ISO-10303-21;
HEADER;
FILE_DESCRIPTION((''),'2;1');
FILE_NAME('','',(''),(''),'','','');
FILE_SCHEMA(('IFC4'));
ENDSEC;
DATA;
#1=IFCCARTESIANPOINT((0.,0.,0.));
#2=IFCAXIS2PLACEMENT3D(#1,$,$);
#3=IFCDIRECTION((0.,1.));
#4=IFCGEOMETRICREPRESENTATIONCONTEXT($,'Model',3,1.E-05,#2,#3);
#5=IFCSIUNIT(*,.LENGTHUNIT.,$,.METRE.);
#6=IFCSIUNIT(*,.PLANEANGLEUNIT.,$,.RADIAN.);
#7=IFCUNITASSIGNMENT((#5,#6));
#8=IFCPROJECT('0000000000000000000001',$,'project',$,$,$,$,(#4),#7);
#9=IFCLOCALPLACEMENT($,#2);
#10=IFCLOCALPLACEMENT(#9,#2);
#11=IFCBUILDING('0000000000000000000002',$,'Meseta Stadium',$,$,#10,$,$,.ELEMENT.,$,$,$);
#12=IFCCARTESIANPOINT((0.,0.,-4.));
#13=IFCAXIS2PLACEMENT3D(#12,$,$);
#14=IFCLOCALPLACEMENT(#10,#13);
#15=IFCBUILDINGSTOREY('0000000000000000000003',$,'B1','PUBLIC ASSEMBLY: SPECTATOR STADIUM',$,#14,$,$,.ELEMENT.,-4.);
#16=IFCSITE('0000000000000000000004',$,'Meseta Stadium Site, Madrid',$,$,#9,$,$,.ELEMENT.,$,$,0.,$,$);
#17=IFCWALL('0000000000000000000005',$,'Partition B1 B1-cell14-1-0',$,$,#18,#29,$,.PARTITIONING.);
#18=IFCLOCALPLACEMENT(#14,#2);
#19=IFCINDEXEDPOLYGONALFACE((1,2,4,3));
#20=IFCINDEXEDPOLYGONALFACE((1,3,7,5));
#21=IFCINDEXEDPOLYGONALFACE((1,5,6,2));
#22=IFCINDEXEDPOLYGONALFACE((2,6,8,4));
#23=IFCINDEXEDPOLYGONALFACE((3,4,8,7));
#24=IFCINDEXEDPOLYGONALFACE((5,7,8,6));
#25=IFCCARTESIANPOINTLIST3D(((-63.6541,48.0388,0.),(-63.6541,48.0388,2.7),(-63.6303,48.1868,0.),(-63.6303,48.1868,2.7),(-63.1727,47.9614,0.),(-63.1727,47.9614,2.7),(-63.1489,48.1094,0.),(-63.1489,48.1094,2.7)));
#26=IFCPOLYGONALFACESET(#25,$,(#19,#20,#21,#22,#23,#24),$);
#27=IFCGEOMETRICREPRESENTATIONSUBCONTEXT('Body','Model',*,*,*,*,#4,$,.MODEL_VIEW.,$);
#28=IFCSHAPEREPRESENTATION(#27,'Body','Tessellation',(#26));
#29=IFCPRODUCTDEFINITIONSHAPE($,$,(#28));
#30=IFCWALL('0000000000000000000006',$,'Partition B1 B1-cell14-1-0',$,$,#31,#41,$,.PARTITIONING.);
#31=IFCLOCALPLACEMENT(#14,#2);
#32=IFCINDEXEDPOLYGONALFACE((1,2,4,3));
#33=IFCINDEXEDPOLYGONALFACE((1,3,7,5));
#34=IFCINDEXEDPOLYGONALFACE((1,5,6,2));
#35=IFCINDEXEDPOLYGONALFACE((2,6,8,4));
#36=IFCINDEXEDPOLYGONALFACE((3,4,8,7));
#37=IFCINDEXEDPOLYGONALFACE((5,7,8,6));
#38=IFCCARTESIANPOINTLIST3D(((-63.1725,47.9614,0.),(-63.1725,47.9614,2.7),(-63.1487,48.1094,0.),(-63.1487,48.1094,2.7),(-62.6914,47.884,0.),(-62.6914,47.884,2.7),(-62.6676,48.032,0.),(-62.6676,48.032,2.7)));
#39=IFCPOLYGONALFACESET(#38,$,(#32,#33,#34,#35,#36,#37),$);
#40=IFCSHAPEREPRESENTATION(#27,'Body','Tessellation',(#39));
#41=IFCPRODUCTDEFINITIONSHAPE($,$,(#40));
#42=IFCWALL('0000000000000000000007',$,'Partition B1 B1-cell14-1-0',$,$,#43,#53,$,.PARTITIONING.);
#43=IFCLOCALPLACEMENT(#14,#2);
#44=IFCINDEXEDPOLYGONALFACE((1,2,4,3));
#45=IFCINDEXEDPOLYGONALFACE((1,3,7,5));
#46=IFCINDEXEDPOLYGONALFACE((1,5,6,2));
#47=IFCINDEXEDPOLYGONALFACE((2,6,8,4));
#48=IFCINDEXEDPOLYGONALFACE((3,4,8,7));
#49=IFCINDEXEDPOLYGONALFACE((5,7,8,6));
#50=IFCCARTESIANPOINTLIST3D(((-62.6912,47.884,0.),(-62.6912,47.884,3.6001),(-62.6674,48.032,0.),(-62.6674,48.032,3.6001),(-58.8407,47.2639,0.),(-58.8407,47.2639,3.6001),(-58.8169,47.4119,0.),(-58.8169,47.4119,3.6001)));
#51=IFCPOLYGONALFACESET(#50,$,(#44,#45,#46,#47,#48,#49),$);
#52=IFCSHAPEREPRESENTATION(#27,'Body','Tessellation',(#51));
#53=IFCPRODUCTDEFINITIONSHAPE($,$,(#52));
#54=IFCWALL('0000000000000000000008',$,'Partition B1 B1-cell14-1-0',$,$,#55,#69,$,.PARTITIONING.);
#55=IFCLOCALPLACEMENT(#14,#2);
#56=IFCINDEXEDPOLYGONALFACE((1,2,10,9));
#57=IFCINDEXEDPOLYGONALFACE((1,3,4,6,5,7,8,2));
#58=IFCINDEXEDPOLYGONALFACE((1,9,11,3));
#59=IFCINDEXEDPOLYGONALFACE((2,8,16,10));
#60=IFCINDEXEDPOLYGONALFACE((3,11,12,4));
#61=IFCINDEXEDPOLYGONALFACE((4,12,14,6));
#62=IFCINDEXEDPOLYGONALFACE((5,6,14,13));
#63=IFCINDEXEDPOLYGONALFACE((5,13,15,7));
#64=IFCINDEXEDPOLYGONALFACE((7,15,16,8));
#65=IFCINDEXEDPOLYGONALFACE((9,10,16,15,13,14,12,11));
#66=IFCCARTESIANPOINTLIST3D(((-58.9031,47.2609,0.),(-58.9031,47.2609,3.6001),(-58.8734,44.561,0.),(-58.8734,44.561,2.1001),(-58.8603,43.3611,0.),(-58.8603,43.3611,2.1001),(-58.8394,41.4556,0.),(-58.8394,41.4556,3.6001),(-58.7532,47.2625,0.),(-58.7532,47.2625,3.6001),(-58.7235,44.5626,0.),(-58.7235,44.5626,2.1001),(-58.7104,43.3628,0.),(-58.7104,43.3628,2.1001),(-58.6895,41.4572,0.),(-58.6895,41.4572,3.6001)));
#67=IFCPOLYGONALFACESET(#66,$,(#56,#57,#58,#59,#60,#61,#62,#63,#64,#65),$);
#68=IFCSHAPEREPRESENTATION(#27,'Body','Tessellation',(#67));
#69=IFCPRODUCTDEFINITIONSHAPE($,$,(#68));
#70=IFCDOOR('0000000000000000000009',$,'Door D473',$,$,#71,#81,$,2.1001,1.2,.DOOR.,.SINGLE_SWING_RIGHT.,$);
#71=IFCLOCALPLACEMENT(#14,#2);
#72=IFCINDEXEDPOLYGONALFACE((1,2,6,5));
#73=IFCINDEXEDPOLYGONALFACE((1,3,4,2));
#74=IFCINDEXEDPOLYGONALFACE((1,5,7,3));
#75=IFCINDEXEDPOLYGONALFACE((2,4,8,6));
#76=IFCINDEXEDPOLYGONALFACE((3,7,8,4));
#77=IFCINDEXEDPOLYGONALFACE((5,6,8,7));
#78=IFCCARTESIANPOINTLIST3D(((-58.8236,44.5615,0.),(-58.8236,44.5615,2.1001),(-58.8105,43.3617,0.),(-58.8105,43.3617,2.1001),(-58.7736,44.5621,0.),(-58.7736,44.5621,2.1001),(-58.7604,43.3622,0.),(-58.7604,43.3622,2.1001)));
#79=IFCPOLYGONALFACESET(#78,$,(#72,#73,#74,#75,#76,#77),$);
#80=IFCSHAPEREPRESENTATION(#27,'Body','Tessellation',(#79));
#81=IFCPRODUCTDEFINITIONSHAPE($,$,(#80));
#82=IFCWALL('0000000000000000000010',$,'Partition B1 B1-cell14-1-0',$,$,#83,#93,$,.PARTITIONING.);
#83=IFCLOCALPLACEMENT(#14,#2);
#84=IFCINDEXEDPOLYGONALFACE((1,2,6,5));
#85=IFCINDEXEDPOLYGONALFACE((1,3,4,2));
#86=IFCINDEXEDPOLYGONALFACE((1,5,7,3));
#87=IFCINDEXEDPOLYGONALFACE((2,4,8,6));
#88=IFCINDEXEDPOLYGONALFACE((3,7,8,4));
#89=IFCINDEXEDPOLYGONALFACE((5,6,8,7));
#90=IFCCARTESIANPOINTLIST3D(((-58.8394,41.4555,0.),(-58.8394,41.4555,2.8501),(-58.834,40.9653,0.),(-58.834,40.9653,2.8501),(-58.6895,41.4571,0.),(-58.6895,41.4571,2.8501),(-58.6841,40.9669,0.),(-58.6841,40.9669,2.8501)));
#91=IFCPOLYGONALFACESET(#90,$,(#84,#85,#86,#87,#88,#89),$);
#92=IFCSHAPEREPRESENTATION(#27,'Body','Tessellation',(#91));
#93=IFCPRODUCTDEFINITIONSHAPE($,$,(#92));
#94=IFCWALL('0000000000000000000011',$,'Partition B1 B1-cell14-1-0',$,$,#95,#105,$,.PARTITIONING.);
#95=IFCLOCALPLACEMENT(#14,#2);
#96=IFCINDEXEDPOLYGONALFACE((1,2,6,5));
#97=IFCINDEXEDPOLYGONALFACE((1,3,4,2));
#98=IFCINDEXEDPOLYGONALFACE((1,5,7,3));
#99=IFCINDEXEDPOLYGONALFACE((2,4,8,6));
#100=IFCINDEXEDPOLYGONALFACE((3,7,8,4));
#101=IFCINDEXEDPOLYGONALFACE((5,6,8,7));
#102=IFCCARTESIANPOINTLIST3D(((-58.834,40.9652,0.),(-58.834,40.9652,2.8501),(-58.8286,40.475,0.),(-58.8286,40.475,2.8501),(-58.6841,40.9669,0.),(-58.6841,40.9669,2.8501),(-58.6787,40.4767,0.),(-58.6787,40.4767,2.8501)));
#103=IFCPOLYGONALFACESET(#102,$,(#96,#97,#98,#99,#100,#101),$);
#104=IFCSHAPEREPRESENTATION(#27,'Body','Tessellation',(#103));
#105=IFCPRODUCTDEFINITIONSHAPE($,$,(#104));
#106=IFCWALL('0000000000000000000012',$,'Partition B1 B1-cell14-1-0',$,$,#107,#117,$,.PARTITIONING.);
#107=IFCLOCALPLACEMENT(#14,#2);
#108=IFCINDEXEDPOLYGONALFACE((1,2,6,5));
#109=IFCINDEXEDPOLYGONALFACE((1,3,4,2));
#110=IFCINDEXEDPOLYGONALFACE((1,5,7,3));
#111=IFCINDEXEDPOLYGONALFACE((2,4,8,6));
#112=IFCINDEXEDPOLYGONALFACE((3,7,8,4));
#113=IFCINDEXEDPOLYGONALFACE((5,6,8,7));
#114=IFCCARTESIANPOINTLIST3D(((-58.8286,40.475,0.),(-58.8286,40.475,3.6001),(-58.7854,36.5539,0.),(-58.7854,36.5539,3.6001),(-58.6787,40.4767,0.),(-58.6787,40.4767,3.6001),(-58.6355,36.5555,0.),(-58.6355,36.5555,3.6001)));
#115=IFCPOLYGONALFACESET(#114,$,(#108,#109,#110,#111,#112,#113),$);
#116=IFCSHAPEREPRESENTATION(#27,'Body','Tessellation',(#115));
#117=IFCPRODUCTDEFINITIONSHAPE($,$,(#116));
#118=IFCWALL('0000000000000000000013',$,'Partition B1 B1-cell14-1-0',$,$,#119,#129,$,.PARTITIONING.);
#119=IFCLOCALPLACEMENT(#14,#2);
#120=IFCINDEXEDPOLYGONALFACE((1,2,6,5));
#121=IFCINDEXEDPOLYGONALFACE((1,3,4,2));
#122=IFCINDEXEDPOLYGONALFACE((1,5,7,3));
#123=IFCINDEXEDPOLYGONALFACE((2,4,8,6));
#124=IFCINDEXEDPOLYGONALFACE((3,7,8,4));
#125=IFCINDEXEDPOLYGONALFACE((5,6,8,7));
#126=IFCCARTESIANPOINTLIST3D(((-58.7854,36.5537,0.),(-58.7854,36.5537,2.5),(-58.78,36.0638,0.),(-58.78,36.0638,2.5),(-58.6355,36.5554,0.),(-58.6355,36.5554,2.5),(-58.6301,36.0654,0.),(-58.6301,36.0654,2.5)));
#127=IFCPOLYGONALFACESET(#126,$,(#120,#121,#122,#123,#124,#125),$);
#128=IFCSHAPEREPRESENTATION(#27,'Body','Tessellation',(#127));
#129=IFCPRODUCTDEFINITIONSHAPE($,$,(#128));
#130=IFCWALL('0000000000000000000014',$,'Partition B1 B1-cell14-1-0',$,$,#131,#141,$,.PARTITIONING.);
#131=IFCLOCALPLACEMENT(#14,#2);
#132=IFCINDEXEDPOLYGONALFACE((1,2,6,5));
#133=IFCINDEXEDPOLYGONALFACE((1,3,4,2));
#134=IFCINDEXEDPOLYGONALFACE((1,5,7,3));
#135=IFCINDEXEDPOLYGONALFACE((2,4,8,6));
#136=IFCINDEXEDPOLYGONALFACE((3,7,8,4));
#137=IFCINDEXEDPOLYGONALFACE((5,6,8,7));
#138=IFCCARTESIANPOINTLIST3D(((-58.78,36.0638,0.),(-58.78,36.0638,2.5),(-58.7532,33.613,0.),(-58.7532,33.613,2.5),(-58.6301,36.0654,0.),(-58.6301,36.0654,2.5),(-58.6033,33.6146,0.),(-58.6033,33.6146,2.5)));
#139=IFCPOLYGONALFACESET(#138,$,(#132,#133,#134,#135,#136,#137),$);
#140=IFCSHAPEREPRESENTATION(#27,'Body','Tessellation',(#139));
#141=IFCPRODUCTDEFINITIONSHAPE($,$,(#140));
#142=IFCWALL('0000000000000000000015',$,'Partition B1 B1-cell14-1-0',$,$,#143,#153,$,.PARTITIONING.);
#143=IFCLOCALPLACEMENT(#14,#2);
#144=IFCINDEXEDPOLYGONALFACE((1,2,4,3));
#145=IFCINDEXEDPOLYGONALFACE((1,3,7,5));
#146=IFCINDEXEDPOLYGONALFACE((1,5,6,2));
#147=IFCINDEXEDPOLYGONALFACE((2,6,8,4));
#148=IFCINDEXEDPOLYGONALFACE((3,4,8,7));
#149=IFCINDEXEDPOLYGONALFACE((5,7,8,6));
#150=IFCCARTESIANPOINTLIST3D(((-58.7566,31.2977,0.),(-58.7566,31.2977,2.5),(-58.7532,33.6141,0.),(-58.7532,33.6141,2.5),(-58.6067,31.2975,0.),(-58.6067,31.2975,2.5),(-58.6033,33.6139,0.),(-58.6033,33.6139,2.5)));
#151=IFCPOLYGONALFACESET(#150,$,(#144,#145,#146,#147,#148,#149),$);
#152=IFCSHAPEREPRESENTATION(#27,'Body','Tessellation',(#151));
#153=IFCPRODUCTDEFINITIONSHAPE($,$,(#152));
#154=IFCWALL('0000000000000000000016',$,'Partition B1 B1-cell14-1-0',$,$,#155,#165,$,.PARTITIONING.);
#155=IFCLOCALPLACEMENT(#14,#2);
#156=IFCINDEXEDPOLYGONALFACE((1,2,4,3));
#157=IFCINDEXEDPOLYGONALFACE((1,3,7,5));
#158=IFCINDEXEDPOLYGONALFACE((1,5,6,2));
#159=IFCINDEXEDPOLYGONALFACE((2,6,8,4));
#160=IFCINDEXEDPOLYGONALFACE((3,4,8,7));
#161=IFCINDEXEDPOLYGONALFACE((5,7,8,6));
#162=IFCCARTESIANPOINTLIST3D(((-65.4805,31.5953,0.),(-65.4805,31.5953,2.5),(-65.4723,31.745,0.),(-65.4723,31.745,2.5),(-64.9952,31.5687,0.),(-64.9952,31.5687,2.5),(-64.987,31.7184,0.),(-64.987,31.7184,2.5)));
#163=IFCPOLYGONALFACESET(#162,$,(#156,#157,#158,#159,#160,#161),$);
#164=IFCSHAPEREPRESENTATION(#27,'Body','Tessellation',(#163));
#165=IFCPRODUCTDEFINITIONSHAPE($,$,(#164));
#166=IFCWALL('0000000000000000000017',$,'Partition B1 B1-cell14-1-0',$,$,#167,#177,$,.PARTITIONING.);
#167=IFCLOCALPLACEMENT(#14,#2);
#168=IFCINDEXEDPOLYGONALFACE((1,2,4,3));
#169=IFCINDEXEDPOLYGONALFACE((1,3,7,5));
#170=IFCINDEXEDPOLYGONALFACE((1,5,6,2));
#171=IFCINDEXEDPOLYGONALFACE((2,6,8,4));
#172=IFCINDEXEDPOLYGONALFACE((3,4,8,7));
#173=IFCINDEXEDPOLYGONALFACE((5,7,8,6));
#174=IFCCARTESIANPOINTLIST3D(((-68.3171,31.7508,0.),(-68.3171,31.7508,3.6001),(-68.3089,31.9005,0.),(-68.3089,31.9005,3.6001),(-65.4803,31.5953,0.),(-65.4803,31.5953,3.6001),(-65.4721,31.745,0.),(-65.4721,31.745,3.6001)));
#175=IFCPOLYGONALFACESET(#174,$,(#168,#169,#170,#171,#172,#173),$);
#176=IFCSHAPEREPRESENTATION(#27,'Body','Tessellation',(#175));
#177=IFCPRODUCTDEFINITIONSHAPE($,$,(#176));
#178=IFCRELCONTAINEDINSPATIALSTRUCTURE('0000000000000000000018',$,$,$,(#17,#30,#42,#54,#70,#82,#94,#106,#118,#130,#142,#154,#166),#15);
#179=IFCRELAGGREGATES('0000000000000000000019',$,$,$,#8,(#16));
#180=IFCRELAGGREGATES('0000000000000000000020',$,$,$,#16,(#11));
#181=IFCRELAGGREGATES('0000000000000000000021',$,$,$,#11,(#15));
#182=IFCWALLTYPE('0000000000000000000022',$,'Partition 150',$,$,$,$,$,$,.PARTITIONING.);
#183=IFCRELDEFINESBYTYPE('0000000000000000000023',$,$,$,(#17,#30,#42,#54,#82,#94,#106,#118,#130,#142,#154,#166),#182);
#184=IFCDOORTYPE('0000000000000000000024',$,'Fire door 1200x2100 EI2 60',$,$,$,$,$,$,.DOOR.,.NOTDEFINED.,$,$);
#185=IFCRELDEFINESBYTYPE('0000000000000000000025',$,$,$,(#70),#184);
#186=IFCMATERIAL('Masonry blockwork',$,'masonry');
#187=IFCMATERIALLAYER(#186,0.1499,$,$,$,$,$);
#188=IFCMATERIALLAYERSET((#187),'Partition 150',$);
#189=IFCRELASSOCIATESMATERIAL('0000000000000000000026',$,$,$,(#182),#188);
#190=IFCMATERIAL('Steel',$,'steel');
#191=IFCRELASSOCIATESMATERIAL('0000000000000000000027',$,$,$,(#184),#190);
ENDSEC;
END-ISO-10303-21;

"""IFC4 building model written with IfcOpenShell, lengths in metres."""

from ifc_helpers import new_model, si_unit, direction, frame, frame_2d, origin, place, context, subcontext, project, spatial, rectangle, extrude, material, layer, layer_set, type_object, element, fill, save


model = new_model("IFC4")

# Units and contexts
model_context = context("Model", 3, precision=1e-05, world=origin(), true_north=direction((0.0, 1.0)))
body_context = subcontext(model_context, "Body", "Model", "MODEL_VIEW")
ifc_project = project(units=[si_unit("LENGTHUNIT", "METRE"), si_unit("PLANEANGLEUNIT", "RADIAN")], contexts=[model_context])

# Site, building, storey
site_placement = place(None, origin())
site = spatial("IfcSite", under=ifc_project, at=site_placement, Name="Meseta Stadium Site, Madrid", CompositionType="ELEMENT", RefElevation=0.0)
building_placement = place(site_placement, origin())
building = spatial("IfcBuilding", under=site, at=building_placement, Name="Meseta Stadium", CompositionType="ELEMENT")
storey_placement = place(building_placement, frame((0.0, 0.0, -4.0)))
storey = spatial("IfcBuildingStorey", under=building, at=storey_placement, Name="B1", Description="PUBLIC ASSEMBLY: SPECTATOR STADIUM", CompositionType="ELEMENT", Elevation=-4.0)

# Walls
ifc_material_1 = material(Name="Masonry blockwork", Category="masonry")
ifc_layer = layer(ifc_material_1, 0.1499)
ifc_layer_set = layer_set([ifc_layer], Name="Partition 150")
wall_type = type_object("IfcWallType", Name="Partition 150", PredefinedType="PARTITIONING", material=ifc_layer_set)
wall_1_placement = place(storey_placement, frame((-63.6421, 48.1128, 0.0), z_axis=(0.0, 0.0, 1.0), x_axis=(0.987325, -0.158713, 0.0)))
element("IfcWall", 1, at=wall_1_placement, inside=storey, type_object=wall_type, Name="Partition B1 B1-cell14-1-0", PredefinedType="PARTITIONING", context=body_context, shape_type="SweptSolid", body=[
    extrude(rectangle(XDim=0.4875, YDim=0.1499, at=frame_2d((0.2437, 0.0))), origin(), (0.0, 0.0, 1.0), 2.7),
])
wall_2_placement = place(storey_placement, frame((-63.1606, 48.0354, 0.0), z_axis=(0.0, 0.0, 1.0), x_axis=(0.987312, -0.158791, 0.0)))
element("IfcWall", 2, at=wall_2_placement, inside=storey, type_object=wall_type, Name="Partition B1 B1-cell14-1-0", PredefinedType="PARTITIONING", context=body_context, shape_type="SweptSolid", body=[
    extrude(rectangle(XDim=0.4873, YDim=0.1499, at=frame_2d((0.2437, 0.0))), origin(), (0.0, 0.0, 1.0), 2.7),
])
wall_3_placement = place(storey_placement, frame((-62.6794, 47.958, 0.0), z_axis=(0.0, 0.0, 1.0), x_axis=(0.987279, -0.158996, 0.0)))
element("IfcWall", 3, at=wall_3_placement, inside=storey, type_object=wall_type, Name="Partition B1 B1-cell14-1-0", PredefinedType="PARTITIONING", context=body_context, shape_type="SweptSolid", body=[
    extrude(rectangle(XDim=3.9001, YDim=0.1499, at=frame_2d((1.9502, 0.0))), origin(), (0.0, 0.0, 1.0), 3.6001),
])

# Wall, opening, door
wall_4_placement = place(storey_placement, frame((-58.8281, 47.2617, 0.0), z_axis=(0.0, 0.0, 1.0), x_axis=(0.010975, -0.99994, 0.0)))
wall_4 = element("IfcWall", 4, at=wall_4_placement, inside=storey, type_object=wall_type, Name="Partition B1 B1-cell14-1-0", PredefinedType="PARTITIONING", context=body_context, shape_type="SweptSolid", body=[
    extrude(rectangle(XDim=5.8057, YDim=0.1499, at=frame_2d((2.9028, 0.0))), origin(), (0.0, 0.0, 1.0), 3.6001),
])
opening_placement = place(wall_4_placement, frame((2.7, 0.0, 0.0)))
opening = element("IfcOpeningElement", 5, at=opening_placement, cuts=wall_4, PredefinedType="OPENING", context=body_context, shape_type="SweptSolid", body=[
    extrude(rectangle(XDim=1.2, YDim=2.1001, at=frame_2d((0.6001, 1.05))), frame((0.0, 0.085, 0.0), z_axis=(0.0, -1.0, 0.0), x_axis=(1.0, 0.0, 0.0)), (0.0, 0.0, 1.0), 0.1699),
])
ifc_material_2 = material(Name="Steel", Category="steel")
door_type = type_object("IfcDoorType", Name="Fire door 1200x2100 EI2 60", OperationType="NOTDEFINED", PredefinedType="DOOR", material=ifc_material_2)
door_placement = place(opening_placement, origin())
door = element("IfcDoor", 6, at=door_placement, inside=storey, type_object=door_type, Name="Door D473", OperationType="SINGLE_SWING_RIGHT", OverallHeight=2.1001, OverallWidth=1.2, PredefinedType="DOOR", context=body_context, shape_type="SweptSolid", body=[
    extrude(rectangle(XDim=1.2, YDim=2.1001, at=frame_2d((0.6001, 1.05))), frame((0.0, 0.0249, 0.0), z_axis=(0.0, -1.0, 0.0), x_axis=(1.0, 0.0, 0.0)), (0.0, 0.0, 1.0), 0.05),
])
fill(opening, door)

# Walls
for number, where, z_axis, x_axis, name in (
    (7, (-58.7644, 41.4563, 0.0), (0.0, 0.0, 1.0), (0.010956, -0.99994, 0.0), "Partition B1 B1-cell14-1-0"),
    (8, (-58.759, 40.9661, 0.0), (0.0, 0.0, 1.0), (0.010956, -0.99994, 0.0), "Partition B1 B1-cell14-1-0"),
):
    element("IfcWall", number, at=place(storey_placement, frame(where, z_axis=z_axis, x_axis=x_axis)), inside=storey, type_object=wall_type, Name=name, PredefinedType="PARTITIONING", context=body_context, shape_type="SweptSolid", body=[
        extrude(rectangle(XDim=0.4902, YDim=0.1499, at=frame_2d((0.2451, 0.0))), origin(), (0.0, 0.0, 1.0), 2.8501),
    ])
wall_5_placement = place(storey_placement, frame((-58.7537, 40.4758, 0.0), z_axis=(0.0, 0.0, 1.0), x_axis=(0.01102, -0.999939, 0.0)))
element("IfcWall", 9, at=wall_5_placement, inside=storey, type_object=wall_type, Name="Partition B1 B1-cell14-1-0", PredefinedType="PARTITIONING", context=body_context, shape_type="SweptSolid", body=[
    extrude(rectangle(XDim=3.9214, YDim=0.1499, at=frame_2d((1.9607, 0.0))), origin(), (0.0, 0.0, 1.0), 3.6001),
])
wall_6_placement = place(storey_placement, frame((-58.7104, 36.5547, 0.0), z_axis=(0.0, 0.0, 1.0), x_axis=(0.010961, -0.99994, 0.0)))
element("IfcWall", 10, at=wall_6_placement, inside=storey, type_object=wall_type, Name="Partition B1 B1-cell14-1-0", PredefinedType="PARTITIONING", context=body_context, shape_type="SweptSolid", body=[
    extrude(rectangle(XDim=0.49, YDim=0.1499, at=frame_2d((0.2451, 0.0))), origin(), (0.0, 0.0, 1.0), 2.5),
])
wall_7_placement = place(storey_placement, frame((-58.7051, 36.0647, 0.0), z_axis=(0.0, 0.0, 1.0), x_axis=(0.010958, -0.99994, 0.0)))
element("IfcWall", 11, at=wall_7_placement, inside=storey, type_object=wall_type, Name="Partition B1 B1-cell14-1-0", PredefinedType="PARTITIONING", context=body_context, shape_type="SweptSolid", body=[
    extrude(rectangle(XDim=2.4509, YDim=0.1499, at=frame_2d((1.2256, 0.0))), origin(), (0.0, 0.0, 1.0), 2.5),
])
wall_8_placement = place(storey_placement, frame((-58.6782, 33.614, 0.0), z_axis=(0.0, 0.0, 1.0), x_axis=(-0.001476, -0.999999, 0.0)))
element("IfcWall", 12, at=wall_8_placement, inside=storey, type_object=wall_type, Name="Partition B1 B1-cell14-1-0", PredefinedType="PARTITIONING", context=body_context, shape_type="SweptSolid", body=[
    extrude(rectangle(XDim=2.3164, YDim=0.1499, at=frame_2d((1.1582, 0.0))), origin(), (0.0, 0.0, 1.0), 2.5),
])
wall_9_placement = place(storey_placement, frame((-64.991, 31.6436, 0.0), z_axis=(0.0, 0.0, 1.0), x_axis=(-0.9985, 0.054747, 0.0)))
element("IfcWall", 13, at=wall_9_placement, inside=storey, type_object=wall_type, Name="Partition B1 B1-cell14-1-0", PredefinedType="PARTITIONING", context=body_context, shape_type="SweptSolid", body=[
    extrude(rectangle(XDim=0.4861, YDim=0.1499, at=frame_2d((0.2432, 0.0))), origin(), (0.0, 0.0, 1.0), 2.5),
])
wall_10_placement = place(storey_placement, frame((-65.4763, 31.6702, 0.0), z_axis=(0.0, 0.0, 1.0), x_axis=(-0.998501, 0.054737, 0.0)))
element("IfcWall", 14, at=wall_10_placement, inside=storey, type_object=wall_type, Name="Partition B1 B1-cell14-1-0", PredefinedType="PARTITIONING", context=body_context, shape_type="SweptSolid", body=[
    extrude(rectangle(XDim=2.8411, YDim=0.1499, at=frame_2d((1.4204, 0.0))), origin(), (0.0, 0.0, 1.0), 3.6001),
])

save(model, "model.ifc")
